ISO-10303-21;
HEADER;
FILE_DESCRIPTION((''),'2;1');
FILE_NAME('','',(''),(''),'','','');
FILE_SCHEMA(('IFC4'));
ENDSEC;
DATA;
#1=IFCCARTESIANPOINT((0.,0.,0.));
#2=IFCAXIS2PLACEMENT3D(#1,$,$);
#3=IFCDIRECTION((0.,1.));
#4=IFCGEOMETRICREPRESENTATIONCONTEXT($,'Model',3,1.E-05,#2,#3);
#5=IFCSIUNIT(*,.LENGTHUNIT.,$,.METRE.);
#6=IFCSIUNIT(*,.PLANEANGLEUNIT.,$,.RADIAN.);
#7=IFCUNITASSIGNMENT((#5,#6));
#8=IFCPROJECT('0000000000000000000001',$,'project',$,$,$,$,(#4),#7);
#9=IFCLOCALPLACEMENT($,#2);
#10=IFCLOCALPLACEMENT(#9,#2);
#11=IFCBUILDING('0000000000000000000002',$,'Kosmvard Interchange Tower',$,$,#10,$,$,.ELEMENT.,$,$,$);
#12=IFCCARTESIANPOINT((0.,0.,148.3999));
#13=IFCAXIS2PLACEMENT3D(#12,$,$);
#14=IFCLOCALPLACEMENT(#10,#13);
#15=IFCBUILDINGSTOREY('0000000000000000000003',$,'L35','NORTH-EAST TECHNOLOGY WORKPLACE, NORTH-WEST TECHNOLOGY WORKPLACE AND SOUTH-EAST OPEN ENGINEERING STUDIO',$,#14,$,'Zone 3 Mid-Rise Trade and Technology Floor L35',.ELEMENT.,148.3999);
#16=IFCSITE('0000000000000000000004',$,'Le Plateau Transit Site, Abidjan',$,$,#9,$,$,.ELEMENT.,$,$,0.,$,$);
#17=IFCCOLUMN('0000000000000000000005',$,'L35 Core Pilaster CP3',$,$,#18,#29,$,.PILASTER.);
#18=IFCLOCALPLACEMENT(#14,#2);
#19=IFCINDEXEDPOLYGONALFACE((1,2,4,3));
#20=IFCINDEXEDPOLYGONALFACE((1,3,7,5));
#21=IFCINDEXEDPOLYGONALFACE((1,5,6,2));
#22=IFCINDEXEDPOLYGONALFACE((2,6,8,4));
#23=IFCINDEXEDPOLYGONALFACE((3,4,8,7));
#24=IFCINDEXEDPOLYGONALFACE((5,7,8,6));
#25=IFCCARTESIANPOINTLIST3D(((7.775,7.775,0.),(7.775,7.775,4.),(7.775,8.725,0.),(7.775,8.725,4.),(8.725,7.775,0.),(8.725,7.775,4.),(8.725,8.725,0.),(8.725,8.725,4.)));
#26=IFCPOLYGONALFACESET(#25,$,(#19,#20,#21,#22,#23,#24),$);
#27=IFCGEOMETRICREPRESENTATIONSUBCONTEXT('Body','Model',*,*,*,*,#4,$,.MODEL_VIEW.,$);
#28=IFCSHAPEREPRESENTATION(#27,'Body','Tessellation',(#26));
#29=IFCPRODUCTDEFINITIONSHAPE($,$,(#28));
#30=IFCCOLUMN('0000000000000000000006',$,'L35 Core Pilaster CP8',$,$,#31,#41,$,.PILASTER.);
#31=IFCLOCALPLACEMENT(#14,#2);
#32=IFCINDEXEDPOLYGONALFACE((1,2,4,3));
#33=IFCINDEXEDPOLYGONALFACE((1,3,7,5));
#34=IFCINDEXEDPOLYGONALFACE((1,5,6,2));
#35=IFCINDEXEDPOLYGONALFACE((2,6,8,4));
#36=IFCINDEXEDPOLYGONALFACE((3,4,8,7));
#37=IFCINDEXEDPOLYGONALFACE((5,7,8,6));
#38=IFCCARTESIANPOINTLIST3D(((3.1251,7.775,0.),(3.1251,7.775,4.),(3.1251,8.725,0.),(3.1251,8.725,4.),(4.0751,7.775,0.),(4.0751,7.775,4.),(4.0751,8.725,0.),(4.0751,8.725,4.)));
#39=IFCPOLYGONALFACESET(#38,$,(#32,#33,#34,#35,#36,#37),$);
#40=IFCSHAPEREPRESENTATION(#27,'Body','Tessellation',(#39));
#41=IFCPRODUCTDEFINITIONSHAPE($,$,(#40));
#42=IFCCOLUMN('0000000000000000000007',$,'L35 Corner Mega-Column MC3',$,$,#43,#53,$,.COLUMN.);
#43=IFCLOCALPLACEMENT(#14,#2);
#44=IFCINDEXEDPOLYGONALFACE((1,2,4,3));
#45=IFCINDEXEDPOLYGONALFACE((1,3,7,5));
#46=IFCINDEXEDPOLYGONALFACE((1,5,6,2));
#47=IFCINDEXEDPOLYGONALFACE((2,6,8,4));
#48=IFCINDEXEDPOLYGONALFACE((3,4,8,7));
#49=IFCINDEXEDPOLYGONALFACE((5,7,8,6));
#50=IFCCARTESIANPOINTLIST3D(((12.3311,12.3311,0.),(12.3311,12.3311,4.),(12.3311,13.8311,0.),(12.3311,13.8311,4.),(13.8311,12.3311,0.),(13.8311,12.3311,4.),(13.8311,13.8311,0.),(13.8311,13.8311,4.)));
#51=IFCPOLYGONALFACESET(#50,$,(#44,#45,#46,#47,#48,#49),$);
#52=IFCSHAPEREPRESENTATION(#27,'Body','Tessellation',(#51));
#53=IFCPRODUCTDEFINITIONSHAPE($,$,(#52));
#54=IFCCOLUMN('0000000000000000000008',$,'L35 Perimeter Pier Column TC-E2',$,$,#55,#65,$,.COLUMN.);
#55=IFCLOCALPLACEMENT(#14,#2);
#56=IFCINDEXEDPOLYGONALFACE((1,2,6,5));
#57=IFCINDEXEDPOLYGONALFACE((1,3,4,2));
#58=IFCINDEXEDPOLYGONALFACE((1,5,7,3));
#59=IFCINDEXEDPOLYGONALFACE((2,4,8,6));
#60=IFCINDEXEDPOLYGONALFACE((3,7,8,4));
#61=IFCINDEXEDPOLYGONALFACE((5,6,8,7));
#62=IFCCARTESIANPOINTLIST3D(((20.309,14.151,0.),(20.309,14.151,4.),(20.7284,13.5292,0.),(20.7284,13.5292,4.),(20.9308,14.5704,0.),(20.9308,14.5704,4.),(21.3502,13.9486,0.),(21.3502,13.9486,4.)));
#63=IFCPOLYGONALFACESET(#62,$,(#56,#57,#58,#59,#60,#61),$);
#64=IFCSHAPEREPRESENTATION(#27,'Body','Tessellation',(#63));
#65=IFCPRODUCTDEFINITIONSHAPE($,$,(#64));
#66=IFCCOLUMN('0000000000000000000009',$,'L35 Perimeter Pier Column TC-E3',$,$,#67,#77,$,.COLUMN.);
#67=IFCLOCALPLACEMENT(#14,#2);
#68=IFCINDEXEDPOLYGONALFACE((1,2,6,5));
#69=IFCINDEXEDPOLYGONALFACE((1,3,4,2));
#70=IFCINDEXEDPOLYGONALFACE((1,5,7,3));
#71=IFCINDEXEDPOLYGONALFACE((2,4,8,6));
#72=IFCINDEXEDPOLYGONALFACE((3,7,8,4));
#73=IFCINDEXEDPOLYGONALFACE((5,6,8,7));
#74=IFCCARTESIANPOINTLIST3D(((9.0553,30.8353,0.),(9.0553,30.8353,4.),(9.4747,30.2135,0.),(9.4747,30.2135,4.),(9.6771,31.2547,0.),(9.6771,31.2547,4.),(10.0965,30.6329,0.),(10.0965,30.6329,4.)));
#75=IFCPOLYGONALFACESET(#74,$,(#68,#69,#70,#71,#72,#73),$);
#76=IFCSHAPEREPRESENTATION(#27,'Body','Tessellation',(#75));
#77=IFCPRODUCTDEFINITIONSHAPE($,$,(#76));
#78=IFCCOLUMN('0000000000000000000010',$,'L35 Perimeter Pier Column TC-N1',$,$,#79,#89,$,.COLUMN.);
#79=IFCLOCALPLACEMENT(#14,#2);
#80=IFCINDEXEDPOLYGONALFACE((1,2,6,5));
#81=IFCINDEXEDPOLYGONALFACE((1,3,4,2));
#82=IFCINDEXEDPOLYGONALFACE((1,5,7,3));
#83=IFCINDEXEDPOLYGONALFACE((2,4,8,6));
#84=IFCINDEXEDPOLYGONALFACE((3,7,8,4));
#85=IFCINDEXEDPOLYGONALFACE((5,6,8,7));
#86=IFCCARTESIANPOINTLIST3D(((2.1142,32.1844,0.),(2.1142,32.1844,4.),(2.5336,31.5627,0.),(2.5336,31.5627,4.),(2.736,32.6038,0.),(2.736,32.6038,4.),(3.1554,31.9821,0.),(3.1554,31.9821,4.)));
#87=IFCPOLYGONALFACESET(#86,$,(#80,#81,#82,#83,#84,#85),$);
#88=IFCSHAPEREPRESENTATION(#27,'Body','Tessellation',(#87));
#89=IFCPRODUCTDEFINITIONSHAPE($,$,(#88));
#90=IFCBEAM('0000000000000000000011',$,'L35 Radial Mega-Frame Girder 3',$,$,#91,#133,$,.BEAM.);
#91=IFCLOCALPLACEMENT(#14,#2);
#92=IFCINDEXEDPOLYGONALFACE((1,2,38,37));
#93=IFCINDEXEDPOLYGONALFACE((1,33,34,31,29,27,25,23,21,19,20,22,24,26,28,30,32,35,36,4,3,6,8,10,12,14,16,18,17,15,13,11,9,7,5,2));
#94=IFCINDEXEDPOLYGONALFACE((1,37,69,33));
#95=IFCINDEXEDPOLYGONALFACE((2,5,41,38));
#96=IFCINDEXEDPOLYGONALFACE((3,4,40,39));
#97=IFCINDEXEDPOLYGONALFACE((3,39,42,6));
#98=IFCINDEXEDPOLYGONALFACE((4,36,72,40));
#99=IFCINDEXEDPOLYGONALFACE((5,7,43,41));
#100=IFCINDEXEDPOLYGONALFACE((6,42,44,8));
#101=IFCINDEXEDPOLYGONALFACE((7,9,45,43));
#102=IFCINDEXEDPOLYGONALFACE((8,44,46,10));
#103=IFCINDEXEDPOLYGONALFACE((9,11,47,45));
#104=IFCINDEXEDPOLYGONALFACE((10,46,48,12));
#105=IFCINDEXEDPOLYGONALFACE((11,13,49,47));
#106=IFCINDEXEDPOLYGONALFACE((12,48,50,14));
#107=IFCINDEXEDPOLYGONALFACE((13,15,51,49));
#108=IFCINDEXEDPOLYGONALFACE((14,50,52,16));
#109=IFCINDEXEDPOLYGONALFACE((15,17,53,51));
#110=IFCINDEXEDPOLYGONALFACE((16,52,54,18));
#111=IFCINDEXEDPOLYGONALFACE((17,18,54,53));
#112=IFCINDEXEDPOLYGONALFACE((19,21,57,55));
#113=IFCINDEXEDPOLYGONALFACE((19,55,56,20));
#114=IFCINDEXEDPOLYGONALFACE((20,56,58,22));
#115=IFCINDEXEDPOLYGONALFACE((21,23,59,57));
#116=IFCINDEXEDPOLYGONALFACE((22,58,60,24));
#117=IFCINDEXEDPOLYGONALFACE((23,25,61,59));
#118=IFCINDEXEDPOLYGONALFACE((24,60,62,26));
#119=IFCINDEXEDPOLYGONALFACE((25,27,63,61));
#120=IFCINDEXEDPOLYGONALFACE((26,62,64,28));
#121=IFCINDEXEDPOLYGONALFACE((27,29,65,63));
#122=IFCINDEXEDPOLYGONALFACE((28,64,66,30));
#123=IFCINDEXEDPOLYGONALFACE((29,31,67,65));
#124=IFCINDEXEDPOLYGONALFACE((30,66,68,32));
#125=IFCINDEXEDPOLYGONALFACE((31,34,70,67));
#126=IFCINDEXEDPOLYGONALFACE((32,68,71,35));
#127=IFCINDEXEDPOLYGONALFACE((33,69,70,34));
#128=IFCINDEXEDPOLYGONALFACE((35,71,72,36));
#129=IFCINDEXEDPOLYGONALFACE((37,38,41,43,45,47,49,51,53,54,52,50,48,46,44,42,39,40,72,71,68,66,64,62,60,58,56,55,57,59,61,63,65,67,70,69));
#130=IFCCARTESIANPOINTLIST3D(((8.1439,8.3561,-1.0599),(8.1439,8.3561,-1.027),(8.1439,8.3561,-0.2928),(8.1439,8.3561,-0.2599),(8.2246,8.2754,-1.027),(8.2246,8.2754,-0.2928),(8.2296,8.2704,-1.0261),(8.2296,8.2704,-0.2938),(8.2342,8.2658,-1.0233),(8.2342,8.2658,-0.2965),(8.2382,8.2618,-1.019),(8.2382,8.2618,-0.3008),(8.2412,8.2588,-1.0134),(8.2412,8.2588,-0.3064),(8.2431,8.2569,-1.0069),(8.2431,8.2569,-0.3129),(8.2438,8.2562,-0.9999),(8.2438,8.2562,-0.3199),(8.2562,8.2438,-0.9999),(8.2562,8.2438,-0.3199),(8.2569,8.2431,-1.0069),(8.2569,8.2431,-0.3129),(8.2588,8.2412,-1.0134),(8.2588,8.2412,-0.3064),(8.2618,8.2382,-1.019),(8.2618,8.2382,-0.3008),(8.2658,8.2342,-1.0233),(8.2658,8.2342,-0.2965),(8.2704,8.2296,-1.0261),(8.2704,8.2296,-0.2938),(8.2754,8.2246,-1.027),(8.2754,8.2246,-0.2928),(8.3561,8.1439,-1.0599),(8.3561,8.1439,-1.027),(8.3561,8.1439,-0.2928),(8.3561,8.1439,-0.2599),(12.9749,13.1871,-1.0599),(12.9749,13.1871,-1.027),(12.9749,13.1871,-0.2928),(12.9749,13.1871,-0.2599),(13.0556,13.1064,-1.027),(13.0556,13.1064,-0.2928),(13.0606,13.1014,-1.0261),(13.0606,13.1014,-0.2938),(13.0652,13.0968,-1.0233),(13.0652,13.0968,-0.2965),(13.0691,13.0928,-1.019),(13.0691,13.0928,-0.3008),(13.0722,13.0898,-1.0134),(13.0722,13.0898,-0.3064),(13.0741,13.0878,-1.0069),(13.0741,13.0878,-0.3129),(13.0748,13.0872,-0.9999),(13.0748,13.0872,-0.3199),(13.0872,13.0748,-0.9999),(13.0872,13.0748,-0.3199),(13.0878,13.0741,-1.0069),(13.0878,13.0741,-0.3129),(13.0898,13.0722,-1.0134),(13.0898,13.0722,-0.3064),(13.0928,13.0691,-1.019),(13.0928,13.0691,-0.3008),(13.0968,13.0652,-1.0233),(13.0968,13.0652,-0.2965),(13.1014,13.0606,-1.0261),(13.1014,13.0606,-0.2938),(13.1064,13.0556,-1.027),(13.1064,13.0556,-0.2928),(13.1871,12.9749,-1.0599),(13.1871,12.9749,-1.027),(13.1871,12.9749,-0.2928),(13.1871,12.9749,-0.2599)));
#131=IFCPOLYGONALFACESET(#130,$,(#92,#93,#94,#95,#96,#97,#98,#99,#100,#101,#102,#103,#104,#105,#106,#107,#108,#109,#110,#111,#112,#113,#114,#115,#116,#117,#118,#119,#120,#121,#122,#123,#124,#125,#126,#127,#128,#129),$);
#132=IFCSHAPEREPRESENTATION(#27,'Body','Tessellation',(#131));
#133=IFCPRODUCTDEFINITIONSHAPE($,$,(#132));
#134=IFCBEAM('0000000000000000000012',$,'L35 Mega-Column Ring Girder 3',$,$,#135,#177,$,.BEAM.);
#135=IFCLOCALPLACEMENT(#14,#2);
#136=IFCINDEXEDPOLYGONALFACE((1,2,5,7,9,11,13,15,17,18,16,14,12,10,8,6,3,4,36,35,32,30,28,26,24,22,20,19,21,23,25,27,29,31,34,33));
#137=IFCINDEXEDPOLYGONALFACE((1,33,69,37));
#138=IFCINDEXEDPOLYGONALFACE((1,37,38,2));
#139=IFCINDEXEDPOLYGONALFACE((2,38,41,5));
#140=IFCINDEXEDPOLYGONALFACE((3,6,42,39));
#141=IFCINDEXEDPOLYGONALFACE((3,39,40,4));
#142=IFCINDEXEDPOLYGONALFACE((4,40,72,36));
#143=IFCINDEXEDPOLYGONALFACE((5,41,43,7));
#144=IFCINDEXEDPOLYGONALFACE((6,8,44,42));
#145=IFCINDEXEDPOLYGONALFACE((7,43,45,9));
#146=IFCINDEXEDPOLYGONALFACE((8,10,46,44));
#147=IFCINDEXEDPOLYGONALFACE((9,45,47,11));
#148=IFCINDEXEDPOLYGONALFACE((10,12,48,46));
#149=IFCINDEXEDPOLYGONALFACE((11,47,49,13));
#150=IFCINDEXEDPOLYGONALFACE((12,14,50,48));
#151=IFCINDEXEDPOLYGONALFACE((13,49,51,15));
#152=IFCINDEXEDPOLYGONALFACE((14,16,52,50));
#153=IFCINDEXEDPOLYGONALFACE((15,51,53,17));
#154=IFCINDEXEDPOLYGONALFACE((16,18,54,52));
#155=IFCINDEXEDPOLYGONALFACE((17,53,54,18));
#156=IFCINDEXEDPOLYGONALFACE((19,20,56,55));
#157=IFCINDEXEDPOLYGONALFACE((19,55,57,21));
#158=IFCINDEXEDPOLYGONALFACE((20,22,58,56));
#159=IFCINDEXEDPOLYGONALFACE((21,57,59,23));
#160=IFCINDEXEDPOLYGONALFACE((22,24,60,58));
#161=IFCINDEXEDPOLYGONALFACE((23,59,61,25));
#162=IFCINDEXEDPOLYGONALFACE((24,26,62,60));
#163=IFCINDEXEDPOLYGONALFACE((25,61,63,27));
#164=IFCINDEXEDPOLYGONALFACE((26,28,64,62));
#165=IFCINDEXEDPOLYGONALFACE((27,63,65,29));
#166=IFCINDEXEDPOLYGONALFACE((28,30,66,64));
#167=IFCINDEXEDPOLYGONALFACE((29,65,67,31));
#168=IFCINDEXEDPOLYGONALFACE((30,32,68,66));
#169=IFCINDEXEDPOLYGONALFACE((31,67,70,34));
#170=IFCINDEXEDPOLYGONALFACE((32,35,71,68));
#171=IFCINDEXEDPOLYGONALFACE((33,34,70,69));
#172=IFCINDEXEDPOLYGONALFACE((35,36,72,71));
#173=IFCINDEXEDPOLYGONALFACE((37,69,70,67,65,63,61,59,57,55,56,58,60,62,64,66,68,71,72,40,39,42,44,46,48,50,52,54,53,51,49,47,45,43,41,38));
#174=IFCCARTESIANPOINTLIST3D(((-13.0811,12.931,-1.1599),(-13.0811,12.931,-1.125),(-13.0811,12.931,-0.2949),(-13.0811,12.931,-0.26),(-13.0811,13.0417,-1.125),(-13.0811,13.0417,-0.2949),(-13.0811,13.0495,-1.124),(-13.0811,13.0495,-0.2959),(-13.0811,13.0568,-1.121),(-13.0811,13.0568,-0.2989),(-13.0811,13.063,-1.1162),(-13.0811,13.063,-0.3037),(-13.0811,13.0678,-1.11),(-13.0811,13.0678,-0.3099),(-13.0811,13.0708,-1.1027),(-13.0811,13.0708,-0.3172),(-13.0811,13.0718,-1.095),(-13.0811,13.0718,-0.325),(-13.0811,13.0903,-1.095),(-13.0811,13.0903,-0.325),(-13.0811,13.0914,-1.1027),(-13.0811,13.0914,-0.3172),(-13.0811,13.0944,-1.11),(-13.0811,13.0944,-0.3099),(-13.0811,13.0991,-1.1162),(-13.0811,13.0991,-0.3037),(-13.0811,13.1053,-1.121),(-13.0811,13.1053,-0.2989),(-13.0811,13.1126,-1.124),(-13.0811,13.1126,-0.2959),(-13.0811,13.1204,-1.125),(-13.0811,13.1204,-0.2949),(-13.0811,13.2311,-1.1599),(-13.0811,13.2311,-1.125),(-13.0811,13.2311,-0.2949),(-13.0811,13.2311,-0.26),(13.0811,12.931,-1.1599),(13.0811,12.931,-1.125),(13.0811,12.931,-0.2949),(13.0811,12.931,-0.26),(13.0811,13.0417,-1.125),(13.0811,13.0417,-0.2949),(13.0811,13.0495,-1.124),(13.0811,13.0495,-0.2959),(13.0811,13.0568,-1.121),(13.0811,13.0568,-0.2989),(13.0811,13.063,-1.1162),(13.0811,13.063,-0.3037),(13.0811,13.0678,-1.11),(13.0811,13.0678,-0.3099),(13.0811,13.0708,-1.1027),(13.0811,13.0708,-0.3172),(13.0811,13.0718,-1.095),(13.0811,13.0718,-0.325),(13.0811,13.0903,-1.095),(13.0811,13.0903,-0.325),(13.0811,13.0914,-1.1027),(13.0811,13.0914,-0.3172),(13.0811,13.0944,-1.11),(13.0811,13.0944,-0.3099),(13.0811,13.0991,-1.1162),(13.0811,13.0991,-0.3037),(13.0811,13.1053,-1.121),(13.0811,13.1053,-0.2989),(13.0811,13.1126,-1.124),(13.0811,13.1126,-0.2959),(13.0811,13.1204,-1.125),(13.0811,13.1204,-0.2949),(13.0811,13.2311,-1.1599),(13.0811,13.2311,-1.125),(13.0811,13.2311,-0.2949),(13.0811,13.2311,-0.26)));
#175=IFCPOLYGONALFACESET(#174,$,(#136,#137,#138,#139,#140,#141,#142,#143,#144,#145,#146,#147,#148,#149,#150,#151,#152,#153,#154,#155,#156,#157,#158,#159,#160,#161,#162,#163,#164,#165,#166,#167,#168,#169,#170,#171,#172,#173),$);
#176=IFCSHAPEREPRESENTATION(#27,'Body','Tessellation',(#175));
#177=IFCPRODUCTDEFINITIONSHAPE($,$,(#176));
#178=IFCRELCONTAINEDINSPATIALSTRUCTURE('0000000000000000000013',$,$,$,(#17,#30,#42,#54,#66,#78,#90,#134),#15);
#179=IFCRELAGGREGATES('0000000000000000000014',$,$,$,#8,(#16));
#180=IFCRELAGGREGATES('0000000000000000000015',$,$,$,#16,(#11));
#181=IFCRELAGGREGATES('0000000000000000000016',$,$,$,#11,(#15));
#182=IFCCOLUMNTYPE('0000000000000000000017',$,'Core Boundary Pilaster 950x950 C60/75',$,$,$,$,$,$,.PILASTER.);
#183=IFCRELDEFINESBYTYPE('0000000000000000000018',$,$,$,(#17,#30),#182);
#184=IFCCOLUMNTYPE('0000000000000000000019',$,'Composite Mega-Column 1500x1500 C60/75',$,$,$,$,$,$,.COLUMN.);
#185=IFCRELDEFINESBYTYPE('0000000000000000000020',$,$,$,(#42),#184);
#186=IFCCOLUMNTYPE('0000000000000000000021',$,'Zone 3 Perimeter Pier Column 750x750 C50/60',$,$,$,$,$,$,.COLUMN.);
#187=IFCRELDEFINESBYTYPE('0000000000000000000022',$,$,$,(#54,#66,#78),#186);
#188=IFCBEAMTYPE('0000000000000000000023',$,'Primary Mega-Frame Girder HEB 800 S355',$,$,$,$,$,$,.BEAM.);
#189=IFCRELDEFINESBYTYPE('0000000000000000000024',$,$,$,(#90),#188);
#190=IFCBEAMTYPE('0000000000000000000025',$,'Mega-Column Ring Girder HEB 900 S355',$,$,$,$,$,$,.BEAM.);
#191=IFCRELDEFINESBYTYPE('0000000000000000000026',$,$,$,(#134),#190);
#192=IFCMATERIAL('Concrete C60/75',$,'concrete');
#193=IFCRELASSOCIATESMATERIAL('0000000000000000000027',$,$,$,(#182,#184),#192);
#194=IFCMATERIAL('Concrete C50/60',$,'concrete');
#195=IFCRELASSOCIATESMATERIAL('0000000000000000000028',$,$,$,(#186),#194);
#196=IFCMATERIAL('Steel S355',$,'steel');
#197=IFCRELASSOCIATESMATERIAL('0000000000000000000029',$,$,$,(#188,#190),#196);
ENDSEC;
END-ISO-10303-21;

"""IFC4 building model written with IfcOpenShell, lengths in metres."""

from ifc_helpers import new_model, si_unit, direction, frame, origin, origin_2d, place, context, subcontext, project, spatial, rectangle, i_section, extrude, source, transform, mapped, material, material_profile, profile_set, type_object, element, save


model = new_model("IFC4")

# Units and contexts
model_context = context("Model", 3, precision=1e-05, world=origin(), true_north=direction((0.0, 1.0)))
body_context = subcontext(model_context, "Body", "Model", "MODEL_VIEW")
ifc_project = project(units=[si_unit("LENGTHUNIT", "METRE"), si_unit("PLANEANGLEUNIT", "RADIAN")], contexts=[model_context])

# Site, building, storey
site_placement = place(None, origin())
site = spatial("IfcSite", under=ifc_project, at=site_placement, Name="Le Plateau Transit Site, Abidjan", CompositionType="ELEMENT", RefElevation=0.0)
building_placement = place(site_placement, origin())
building = spatial("IfcBuilding", under=site, at=building_placement, Name="Kosmvard Interchange Tower", CompositionType="ELEMENT")
storey_placement = place(building_placement, frame((0.0, 0.0, 148.3999)))
storey = spatial("IfcBuildingStorey", under=building, at=storey_placement, Name="L35", Description="NORTH-EAST TECHNOLOGY WORKPLACE, NORTH-WEST TECHNOLOGY WORKPLACE AND SOUTH-EAST OPEN ENGINEERING STUDIO", LongName="Zone 3 Mid-Rise Trade and Technology Floor L35", CompositionType="ELEMENT", Elevation=148.3999)

# Columns
ifc_material_1 = material(Name="Concrete C60/75", Category="concrete")
ifc_material_profile_1 = material_profile(ifc_material_1, rectangle(XDim=0.95, YDim=0.95, at=origin_2d()), Name="CP 950x950")
ifc_profile_set_1 = profile_set([ifc_material_profile_1], Name="Concrete C60/75")
column_type_1 = type_object("IfcColumnType", Name="Core Boundary Pilaster 950x950 C60/75", PredefinedType="PILASTER", material=ifc_profile_set_1)
shared_shape_1 = source(origin(), body_context, "Body", "SweptSolid", [
    extrude(rectangle(XDim=0.95, YDim=0.95, at=origin_2d()), origin(), (0.0, 0.0, 1.0), 4.0),
])
for number, where, z_axis, x_axis, name in (
    (1, (8.25, 8.25, 0.0), (0.0, 0.0, 1.0), (1.0, 0.0, 0.0), "L35 Core Pilaster CP3"),
    (2, (3.6001, 8.25, 0.0), (0.0, 0.0, 1.0), (1.0, 0.0, 0.0), "L35 Core Pilaster CP8"),
):
    element("IfcColumn", number, at=place(storey_placement, frame(where, z_axis=z_axis, x_axis=x_axis)), inside=storey, type_object=column_type_1, Name=name, PredefinedType="PILASTER", context=body_context, shape_type="MappedRepresentation", body=[
        mapped(shared_shape_1, transform((0.0, 0.0, 0.0), scale=1.0)),
    ])
ifc_material_profile_2 = material_profile(ifc_material_1, rectangle(XDim=1.5, YDim=1.5, at=origin_2d()), Name="MC 1500x1500")
ifc_profile_set_2 = profile_set([ifc_material_profile_2], Name="Concrete C60/75")
column_type_2 = type_object("IfcColumnType", Name="Composite Mega-Column 1500x1500 C60/75", PredefinedType="COLUMN", material=ifc_profile_set_2)
shared_shape_2 = source(origin(), body_context, "Body", "SweptSolid", [
    extrude(rectangle(XDim=1.5, YDim=1.5, at=origin_2d()), origin(), (0.0, 0.0, 1.0), 4.0),
])
column_placement = place(storey_placement, frame((13.0811, 13.0811, 0.0), z_axis=(0.0, 0.0, 1.0), x_axis=(1.0, 0.0, 0.0)))
element("IfcColumn", 3, at=column_placement, inside=storey, type_object=column_type_2, Name="L35 Corner Mega-Column MC3", PredefinedType="COLUMN", context=body_context, shape_type="MappedRepresentation", body=[
    mapped(shared_shape_2, transform((0.0, 0.0, 0.0), scale=1.0)),
])
ifc_material_2 = material(Name="Concrete C50/60", Category="concrete")
ifc_material_profile_3 = material_profile(ifc_material_2, rectangle(XDim=0.75, YDim=0.75, at=origin_2d()), Name="TC 750x750")
ifc_profile_set_3 = profile_set([ifc_material_profile_3], Name="Concrete C50/60")
column_type_3 = type_object("IfcColumnType", Name="Zone 3 Perimeter Pier Column 750x750 C50/60", PredefinedType="COLUMN", material=ifc_profile_set_3)
shared_shape_3 = source(origin(), body_context, "Body", "SweptSolid", [
    extrude(rectangle(XDim=0.75, YDim=0.75, at=origin_2d()), origin(), (0.0, 0.0, 1.0), 4.0),
])
for number, where, z_axis, x_axis, name in (
    (4, (20.8296, 14.0498, 0.0), (0.0, 0.0, 1.0), (0.829038, 0.559193, 0.0), "L35 Perimeter Pier Column TC-E2"),
    (5, (9.5759, 30.7341, 0.0), (0.0, 0.0, 1.0), (0.829038, 0.559193, 0.0), "L35 Perimeter Pier Column TC-E3"),
    (6, (2.6348, 32.0833, 0.0), (0.0, 0.0, 1.0), (0.829038, 0.559193, 0.0), "L35 Perimeter Pier Column TC-N1"),
):
    element("IfcColumn", number, at=place(storey_placement, frame(where, z_axis=z_axis, x_axis=x_axis)), inside=storey, type_object=column_type_3, Name=name, PredefinedType="COLUMN", context=body_context, shape_type="MappedRepresentation", body=[
        mapped(shared_shape_3, transform((0.0, 0.0, 0.0), scale=1.0)),
    ])

# Beams
ifc_material_3 = material(Name="Steel S355", Category="steel")
ifc_material_profile_4 = material_profile(ifc_material_3, i_section(OverallWidth=0.3, OverallDepth=0.8, WebThickness=0.0176, FlangeThickness=0.033, FilletRadius=0.0271, at=origin_2d()), Name="HEB 800")
ifc_profile_set_4 = profile_set([ifc_material_profile_4], Name="Steel S355")
beam_type_1 = type_object("IfcBeamType", Name="Primary Mega-Frame Girder HEB 800 S355", PredefinedType="BEAM", material=ifc_profile_set_4)
shared_shape_4 = source(origin(), body_context, "Body", "SweptSolid", [
    extrude(i_section(OverallWidth=0.3, OverallDepth=0.8, WebThickness=0.0176, FlangeThickness=0.033, FilletRadius=0.0271, at=origin_2d()), origin(), (0.0, 0.0, 1.0), 6.832),
])
beam_1_placement = place(storey_placement, frame((8.25, 8.25, -0.6599), z_axis=(0.707107, 0.707107, 0.0), x_axis=(-0.707107, 0.707107, 0.0)))
element("IfcBeam", 7, at=beam_1_placement, inside=storey, type_object=beam_type_1, Name="L35 Radial Mega-Frame Girder 3", PredefinedType="BEAM", context=body_context, shape_type="MappedRepresentation", body=[
    mapped(shared_shape_4, transform((0.0, 0.0, 0.0), scale=1.0)),
])
ifc_material_profile_5 = material_profile(ifc_material_3, i_section(OverallWidth=0.3, OverallDepth=0.8999, WebThickness=0.0186, FlangeThickness=0.0349, FilletRadius=0.03, at=origin_2d()), Name="HEB 900")
ifc_profile_set_5 = profile_set([ifc_material_profile_5], Name="Steel S355")
beam_type_2 = type_object("IfcBeamType", Name="Mega-Column Ring Girder HEB 900 S355", PredefinedType="BEAM", material=ifc_profile_set_5)
shared_shape_5 = source(origin(), body_context, "Body", "SweptSolid", [
    extrude(i_section(OverallWidth=0.3, OverallDepth=0.8999, WebThickness=0.0186, FlangeThickness=0.0349, FilletRadius=0.03, at=origin_2d()), origin(), (0.0, 0.0, 1.0), 26.1621),
])
beam_2_placement = place(storey_placement, frame((13.0811, 13.0811, -0.71), z_axis=(-1.0, 0.0, 0.0), x_axis=(0.0, -1.0, 0.0)))
element("IfcBeam", 8, at=beam_2_placement, inside=storey, type_object=beam_type_2, Name="L35 Mega-Column Ring Girder 3", PredefinedType="BEAM", context=body_context, shape_type="MappedRepresentation", body=[
    mapped(shared_shape_5, transform((0.0, 0.0, 0.0), scale=1.0)),
])

save(model, "model.ifc")
